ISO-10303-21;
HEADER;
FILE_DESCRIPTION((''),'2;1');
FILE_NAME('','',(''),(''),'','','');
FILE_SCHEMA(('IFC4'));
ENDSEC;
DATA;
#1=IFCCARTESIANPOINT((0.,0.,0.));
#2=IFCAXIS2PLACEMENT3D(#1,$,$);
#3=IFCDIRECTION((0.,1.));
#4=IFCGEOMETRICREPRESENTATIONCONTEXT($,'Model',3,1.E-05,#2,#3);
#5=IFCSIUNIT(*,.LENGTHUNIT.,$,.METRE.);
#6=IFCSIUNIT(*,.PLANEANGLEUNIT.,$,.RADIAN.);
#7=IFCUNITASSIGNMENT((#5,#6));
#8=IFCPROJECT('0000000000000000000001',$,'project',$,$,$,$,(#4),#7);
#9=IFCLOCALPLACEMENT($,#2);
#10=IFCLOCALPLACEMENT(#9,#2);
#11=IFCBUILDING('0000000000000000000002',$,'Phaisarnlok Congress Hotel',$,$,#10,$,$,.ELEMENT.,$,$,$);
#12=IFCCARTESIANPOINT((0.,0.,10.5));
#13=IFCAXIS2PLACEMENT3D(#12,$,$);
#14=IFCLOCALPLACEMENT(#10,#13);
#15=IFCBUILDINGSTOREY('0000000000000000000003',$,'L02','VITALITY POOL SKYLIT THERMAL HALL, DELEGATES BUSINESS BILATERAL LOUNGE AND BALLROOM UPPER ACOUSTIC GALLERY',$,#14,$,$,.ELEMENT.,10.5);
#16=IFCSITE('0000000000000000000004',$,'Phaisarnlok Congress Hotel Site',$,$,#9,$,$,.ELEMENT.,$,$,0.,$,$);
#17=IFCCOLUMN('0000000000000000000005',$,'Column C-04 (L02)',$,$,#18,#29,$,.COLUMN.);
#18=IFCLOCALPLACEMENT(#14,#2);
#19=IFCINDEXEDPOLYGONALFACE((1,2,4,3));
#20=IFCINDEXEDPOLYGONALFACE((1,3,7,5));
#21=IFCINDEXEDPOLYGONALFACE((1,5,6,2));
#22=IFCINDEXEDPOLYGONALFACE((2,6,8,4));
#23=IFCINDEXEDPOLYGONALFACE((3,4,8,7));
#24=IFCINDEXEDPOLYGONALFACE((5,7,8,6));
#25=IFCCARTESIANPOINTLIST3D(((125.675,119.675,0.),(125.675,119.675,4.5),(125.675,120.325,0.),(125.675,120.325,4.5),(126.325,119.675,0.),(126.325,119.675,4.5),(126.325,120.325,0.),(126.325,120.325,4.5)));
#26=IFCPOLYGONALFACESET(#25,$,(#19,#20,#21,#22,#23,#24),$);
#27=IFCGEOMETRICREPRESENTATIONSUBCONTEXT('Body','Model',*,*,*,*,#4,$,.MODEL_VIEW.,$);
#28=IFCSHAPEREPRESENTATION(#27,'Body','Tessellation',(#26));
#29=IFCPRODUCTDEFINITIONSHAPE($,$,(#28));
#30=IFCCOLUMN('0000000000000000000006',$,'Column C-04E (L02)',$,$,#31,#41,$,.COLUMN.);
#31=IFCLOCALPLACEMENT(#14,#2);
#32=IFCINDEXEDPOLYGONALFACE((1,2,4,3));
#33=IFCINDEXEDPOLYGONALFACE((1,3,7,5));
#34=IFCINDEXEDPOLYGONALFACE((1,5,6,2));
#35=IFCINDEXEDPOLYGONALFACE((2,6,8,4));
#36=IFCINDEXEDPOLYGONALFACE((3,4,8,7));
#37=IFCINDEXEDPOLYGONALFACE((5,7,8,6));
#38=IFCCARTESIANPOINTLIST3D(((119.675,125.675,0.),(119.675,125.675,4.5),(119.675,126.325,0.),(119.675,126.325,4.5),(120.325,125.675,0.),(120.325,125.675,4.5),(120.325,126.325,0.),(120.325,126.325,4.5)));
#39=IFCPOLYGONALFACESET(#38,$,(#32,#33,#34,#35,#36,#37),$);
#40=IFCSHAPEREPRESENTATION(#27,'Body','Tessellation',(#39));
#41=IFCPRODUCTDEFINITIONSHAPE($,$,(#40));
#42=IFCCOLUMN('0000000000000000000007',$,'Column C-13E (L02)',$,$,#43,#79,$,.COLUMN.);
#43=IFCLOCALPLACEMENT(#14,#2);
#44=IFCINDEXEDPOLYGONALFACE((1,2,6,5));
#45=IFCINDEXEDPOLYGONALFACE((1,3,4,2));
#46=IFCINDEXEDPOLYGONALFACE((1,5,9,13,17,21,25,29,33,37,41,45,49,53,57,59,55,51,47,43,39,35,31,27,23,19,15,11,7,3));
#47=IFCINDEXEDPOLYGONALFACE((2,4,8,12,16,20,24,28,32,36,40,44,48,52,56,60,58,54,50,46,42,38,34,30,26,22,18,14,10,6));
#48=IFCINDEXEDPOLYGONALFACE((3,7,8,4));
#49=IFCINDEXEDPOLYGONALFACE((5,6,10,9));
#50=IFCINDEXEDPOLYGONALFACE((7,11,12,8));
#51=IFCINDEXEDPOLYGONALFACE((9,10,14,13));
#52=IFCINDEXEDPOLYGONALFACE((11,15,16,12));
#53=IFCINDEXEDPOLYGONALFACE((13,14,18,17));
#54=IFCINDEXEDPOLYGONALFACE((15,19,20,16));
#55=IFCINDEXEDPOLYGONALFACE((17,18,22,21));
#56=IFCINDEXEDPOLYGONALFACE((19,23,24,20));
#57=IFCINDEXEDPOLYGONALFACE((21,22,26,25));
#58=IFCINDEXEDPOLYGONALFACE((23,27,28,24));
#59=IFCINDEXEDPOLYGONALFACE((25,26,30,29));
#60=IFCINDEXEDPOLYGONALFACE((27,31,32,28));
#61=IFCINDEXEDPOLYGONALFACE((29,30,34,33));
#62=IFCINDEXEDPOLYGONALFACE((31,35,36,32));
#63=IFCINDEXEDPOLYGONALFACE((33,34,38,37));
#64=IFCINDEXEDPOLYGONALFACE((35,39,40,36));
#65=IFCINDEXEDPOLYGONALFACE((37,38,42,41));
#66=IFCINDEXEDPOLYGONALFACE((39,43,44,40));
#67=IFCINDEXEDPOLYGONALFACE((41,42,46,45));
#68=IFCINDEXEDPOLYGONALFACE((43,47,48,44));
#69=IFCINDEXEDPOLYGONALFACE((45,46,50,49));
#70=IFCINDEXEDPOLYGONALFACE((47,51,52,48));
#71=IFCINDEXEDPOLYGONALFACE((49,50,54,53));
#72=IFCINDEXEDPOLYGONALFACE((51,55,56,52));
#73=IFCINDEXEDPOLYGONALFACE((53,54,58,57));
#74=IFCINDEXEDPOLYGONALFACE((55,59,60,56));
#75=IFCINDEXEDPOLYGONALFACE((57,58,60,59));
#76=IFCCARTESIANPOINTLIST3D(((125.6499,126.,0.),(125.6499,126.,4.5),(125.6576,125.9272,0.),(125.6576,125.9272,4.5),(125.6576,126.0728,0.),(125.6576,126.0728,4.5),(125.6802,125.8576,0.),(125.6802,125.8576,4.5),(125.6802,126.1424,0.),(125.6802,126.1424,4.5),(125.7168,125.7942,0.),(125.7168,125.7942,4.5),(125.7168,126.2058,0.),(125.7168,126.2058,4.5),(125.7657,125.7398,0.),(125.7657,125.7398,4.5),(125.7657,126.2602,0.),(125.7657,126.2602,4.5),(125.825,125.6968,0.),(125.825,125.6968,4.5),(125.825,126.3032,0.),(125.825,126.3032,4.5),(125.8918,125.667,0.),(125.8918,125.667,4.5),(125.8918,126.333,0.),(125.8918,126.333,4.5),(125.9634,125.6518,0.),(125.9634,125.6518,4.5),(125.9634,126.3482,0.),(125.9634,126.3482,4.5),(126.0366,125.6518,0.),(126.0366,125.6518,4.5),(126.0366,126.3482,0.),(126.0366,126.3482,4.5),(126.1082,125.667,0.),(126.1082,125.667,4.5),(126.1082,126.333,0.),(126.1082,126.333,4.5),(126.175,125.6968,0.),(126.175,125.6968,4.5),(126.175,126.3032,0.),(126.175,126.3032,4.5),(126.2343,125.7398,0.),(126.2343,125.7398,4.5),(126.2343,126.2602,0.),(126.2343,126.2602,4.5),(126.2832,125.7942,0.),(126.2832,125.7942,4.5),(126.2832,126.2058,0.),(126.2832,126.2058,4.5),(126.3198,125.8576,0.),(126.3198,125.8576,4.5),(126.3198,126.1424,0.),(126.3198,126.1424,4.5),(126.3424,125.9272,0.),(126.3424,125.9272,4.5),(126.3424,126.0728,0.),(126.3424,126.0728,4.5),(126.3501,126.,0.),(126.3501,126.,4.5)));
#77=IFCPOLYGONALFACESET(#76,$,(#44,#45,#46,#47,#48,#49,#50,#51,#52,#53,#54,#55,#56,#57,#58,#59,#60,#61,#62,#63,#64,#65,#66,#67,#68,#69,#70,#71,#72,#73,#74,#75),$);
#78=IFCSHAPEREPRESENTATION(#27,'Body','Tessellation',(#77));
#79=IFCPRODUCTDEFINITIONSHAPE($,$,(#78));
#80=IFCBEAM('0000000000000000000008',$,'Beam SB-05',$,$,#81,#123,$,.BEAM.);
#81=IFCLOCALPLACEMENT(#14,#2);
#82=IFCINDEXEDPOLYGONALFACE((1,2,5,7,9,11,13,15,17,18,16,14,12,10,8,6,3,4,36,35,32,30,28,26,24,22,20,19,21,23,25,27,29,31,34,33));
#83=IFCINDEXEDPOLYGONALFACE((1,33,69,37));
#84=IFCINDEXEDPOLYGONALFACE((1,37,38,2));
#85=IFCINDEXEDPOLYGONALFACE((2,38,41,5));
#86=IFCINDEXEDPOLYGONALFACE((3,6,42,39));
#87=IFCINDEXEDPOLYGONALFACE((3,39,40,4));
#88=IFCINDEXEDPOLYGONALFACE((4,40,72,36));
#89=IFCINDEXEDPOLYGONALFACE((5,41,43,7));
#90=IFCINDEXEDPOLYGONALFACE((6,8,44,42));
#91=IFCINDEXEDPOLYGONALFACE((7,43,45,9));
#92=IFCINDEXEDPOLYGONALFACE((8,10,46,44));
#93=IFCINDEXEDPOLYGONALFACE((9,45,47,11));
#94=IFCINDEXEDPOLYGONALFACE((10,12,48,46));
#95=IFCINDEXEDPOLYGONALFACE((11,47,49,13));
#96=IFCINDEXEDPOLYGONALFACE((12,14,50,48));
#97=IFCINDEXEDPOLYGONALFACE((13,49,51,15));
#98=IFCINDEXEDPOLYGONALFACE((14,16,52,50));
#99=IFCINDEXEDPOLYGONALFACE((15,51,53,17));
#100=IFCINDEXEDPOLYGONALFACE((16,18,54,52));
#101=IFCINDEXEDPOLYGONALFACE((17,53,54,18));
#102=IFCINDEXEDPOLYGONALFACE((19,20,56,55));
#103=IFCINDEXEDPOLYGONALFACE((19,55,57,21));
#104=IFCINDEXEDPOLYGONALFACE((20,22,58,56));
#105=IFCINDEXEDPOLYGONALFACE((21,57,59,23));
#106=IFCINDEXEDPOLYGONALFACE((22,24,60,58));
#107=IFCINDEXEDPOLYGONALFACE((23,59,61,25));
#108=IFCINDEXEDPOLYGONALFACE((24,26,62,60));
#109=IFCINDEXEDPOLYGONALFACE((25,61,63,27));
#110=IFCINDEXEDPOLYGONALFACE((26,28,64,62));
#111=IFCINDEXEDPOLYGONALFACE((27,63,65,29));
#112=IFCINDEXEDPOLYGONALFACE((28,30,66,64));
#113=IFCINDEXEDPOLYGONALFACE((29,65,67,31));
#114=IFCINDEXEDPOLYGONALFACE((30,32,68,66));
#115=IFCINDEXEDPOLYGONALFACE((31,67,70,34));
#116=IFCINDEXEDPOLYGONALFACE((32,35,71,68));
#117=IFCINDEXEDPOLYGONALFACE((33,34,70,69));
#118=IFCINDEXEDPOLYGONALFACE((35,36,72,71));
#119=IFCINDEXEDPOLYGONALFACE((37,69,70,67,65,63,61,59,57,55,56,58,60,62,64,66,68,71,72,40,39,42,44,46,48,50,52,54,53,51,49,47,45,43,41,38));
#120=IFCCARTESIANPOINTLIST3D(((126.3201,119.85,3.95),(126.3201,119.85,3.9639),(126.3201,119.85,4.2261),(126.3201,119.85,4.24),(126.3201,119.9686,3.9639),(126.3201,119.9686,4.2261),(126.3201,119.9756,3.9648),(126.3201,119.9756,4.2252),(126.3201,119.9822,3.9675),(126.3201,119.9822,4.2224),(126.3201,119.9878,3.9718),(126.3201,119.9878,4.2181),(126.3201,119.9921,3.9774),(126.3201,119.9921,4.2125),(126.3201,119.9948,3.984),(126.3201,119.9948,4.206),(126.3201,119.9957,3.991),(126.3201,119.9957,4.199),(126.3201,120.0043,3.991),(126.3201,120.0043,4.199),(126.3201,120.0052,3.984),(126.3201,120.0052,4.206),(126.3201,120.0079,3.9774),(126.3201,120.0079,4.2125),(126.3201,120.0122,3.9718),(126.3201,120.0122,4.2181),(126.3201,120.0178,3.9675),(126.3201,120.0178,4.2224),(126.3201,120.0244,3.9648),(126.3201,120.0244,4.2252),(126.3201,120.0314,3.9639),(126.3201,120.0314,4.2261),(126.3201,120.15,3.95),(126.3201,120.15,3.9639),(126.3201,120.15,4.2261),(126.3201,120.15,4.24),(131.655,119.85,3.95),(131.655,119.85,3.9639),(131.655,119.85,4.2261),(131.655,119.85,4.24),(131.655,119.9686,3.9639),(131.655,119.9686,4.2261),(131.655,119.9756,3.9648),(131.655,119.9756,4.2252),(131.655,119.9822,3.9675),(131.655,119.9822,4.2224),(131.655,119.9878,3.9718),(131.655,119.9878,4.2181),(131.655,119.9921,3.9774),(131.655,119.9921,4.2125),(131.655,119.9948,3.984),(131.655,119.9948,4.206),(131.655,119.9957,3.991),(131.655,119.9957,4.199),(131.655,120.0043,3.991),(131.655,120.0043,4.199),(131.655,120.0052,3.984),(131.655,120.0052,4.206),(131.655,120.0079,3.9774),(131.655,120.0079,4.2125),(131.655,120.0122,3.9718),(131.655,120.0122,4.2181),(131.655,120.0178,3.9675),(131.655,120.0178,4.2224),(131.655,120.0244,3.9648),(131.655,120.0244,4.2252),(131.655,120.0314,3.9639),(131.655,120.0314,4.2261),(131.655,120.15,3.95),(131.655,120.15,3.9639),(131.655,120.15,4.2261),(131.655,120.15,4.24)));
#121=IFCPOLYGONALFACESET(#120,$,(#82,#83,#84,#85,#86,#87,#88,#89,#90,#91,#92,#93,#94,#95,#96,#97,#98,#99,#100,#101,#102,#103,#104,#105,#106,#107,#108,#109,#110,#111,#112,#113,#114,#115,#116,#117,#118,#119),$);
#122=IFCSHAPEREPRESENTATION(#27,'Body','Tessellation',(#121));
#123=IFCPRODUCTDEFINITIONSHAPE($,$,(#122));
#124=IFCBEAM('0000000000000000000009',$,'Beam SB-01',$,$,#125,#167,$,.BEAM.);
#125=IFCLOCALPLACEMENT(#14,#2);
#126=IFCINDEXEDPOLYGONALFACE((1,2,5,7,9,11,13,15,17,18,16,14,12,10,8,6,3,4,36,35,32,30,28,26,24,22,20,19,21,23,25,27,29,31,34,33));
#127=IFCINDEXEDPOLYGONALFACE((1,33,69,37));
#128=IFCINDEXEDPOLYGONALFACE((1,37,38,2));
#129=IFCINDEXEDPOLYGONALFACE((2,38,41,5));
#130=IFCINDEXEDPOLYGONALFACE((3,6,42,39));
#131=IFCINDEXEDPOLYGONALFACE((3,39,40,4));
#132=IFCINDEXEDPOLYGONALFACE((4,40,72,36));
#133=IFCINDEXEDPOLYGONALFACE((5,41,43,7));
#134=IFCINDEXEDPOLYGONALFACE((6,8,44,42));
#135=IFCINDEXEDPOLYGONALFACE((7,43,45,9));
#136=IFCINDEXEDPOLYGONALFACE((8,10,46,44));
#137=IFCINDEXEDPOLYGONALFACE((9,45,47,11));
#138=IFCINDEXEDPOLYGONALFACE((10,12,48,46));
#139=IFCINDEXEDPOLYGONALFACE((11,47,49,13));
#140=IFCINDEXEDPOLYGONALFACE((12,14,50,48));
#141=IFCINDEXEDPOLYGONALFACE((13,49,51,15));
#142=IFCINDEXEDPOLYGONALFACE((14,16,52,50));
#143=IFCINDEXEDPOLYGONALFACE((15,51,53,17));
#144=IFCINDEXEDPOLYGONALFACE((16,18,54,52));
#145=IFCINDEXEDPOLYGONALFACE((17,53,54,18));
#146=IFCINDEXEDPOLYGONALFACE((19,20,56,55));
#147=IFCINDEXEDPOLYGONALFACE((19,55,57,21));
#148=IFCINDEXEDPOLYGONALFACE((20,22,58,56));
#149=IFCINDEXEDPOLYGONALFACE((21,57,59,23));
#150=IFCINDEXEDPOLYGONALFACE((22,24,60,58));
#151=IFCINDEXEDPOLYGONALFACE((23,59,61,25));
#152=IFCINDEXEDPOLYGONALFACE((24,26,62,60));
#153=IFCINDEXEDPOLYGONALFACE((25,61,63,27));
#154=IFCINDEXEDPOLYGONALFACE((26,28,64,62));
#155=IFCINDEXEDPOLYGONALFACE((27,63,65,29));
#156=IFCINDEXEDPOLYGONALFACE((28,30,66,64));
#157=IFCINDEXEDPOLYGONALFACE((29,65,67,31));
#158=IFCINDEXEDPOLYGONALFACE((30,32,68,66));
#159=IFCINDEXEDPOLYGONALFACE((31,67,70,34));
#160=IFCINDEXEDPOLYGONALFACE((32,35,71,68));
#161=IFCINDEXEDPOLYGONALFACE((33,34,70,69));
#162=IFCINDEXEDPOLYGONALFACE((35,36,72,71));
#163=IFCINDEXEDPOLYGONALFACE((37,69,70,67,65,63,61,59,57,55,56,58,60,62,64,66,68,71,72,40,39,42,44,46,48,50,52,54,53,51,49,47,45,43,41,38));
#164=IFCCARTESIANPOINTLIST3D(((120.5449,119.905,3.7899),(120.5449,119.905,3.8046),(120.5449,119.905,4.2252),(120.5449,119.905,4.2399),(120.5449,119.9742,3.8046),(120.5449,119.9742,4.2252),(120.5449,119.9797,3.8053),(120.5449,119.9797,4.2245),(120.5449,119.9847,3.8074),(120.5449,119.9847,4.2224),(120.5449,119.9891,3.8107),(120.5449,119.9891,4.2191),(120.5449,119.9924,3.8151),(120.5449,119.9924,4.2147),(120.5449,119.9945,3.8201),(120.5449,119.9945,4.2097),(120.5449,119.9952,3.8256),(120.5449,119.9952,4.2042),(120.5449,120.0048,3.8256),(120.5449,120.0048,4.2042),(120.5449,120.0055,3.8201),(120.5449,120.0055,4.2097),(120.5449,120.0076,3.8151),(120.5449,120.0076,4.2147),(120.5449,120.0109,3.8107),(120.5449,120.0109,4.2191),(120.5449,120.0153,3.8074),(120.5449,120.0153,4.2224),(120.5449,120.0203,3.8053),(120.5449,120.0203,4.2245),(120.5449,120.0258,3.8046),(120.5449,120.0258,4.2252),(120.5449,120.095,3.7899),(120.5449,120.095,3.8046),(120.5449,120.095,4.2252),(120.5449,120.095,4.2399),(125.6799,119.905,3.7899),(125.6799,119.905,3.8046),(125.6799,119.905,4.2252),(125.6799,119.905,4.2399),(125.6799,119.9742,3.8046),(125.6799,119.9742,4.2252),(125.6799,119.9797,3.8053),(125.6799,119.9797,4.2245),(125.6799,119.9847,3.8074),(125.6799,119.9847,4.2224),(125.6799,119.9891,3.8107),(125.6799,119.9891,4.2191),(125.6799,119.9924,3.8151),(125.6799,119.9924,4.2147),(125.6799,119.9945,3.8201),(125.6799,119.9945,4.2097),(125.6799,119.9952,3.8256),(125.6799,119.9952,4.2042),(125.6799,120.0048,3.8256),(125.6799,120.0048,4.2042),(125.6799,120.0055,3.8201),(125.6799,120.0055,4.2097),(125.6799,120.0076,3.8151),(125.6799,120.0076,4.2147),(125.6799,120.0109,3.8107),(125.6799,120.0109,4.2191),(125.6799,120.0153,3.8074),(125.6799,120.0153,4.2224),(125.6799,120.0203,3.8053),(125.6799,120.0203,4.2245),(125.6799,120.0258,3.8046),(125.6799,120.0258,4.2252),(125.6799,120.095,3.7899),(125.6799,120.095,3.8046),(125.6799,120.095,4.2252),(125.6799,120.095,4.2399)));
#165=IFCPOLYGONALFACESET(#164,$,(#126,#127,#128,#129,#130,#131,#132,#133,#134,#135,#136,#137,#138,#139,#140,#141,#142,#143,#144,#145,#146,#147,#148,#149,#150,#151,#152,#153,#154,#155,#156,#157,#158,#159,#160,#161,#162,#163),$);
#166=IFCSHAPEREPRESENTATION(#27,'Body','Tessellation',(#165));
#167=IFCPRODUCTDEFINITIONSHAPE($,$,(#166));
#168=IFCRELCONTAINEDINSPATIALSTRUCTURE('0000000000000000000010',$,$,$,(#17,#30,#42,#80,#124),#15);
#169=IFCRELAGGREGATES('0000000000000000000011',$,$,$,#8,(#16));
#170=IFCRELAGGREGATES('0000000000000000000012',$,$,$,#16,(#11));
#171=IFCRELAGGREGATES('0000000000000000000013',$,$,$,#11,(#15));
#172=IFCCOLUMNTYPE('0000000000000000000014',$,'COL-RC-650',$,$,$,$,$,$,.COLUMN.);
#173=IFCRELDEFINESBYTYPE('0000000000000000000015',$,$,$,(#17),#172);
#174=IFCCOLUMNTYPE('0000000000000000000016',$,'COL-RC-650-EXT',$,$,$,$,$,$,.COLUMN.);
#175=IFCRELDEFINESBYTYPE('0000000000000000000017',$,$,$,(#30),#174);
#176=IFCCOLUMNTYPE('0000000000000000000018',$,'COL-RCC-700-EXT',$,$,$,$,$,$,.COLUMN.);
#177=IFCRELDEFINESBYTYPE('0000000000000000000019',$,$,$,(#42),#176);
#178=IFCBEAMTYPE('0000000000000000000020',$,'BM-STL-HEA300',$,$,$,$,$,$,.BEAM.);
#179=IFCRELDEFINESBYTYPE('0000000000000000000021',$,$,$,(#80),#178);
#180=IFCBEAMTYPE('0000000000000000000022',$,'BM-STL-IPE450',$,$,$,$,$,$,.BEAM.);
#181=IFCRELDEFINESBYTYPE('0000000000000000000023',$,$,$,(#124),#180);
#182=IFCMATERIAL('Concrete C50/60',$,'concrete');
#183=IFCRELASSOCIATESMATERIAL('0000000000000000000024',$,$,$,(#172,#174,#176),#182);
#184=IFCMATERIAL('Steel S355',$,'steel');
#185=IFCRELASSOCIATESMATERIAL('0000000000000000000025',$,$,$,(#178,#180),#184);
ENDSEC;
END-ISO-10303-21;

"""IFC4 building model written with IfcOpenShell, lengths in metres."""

from ifc_helpers import new_model, si_unit, direction, frame, origin, origin_2d, place, context, subcontext, project, spatial, rectangle, circle, i_section, extrude, material, material_profile, profile_set, type_object, element, save


model = new_model("IFC4")

# Units and contexts
model_context = context("Model", 3, precision=1e-05, world=origin(), true_north=direction((0.0, 1.0)))
body_context = subcontext(model_context, "Body", "Model", "MODEL_VIEW")
ifc_project = project(units=[si_unit("LENGTHUNIT", "METRE"), si_unit("PLANEANGLEUNIT", "RADIAN")], contexts=[model_context])

# Site, building, storey
site_placement = place(None, origin())
site = spatial("IfcSite", under=ifc_project, at=site_placement, Name="Phaisarnlok Congress Hotel Site", CompositionType="ELEMENT", RefElevation=0.0)
building_placement = place(site_placement, origin())
building = spatial("IfcBuilding", under=site, at=building_placement, Name="Phaisarnlok Congress Hotel", CompositionType="ELEMENT")
storey_placement = place(building_placement, frame((0.0, 0.0, 10.5)))
storey = spatial("IfcBuildingStorey", under=building, at=storey_placement, Name="L02", Description="VITALITY POOL SKYLIT THERMAL HALL, DELEGATES BUSINESS BILATERAL LOUNGE AND BALLROOM UPPER ACOUSTIC GALLERY", CompositionType="ELEMENT", Elevation=10.5)

# Columns
ifc_material_1 = material(Name="Concrete C50/60", Category="concrete")
ifc_material_profile_1 = material_profile(ifc_material_1, rectangle(XDim=0.6499, YDim=0.6499, at=origin_2d()), Name="RC 650x650")
ifc_profile_set_1 = profile_set([ifc_material_profile_1], Name="Concrete C50/60")
column_type_1 = type_object("IfcColumnType", Name="COL-RC-650", PredefinedType="COLUMN", material=ifc_profile_set_1)
column_1_placement = place(storey_placement, frame((126.0, 120.0, 0.0), z_axis=(0.0, 0.0, 1.0), x_axis=(1.0, 0.0, 0.0)))
element("IfcColumn", 1, at=column_1_placement, inside=storey, type_object=column_type_1, Name="Column C-04 (L02)", PredefinedType="COLUMN", context=body_context, shape_type="SweptSolid", body=[
    extrude(rectangle(XDim=0.6499, YDim=0.6499, at=origin_2d()), origin(), (0.0, 0.0, 1.0), 4.5),
])
ifc_material_profile_2 = material_profile(ifc_material_1, rectangle(XDim=0.6499, YDim=0.6499, at=origin_2d()), Name="RC 650x650")
ifc_profile_set_2 = profile_set([ifc_material_profile_2], Name="Concrete C50/60")
column_type_2 = type_object("IfcColumnType", Name="COL-RC-650-EXT", PredefinedType="COLUMN", material=ifc_profile_set_2)
column_2_placement = place(storey_placement, frame((120.0, 126.0, 0.0), z_axis=(0.0, 0.0, 1.0), x_axis=(1.0, 0.0, 0.0)))
element("IfcColumn", 2, at=column_2_placement, inside=storey, type_object=column_type_2, Name="Column C-04E (L02)", PredefinedType="COLUMN", context=body_context, shape_type="SweptSolid", body=[
    extrude(rectangle(XDim=0.6499, YDim=0.6499, at=origin_2d()), origin(), (0.0, 0.0, 1.0), 4.5),
])
ifc_material_profile_3 = material_profile(ifc_material_1, circle(Radius=0.3501, at=origin_2d()), Name="RCC D700")
ifc_profile_set_3 = profile_set([ifc_material_profile_3], Name="Concrete C50/60")
column_type_3 = type_object("IfcColumnType", Name="COL-RCC-700-EXT", PredefinedType="COLUMN", material=ifc_profile_set_3)
column_3_placement = place(storey_placement, frame((126.0, 126.0, 0.0), z_axis=(0.0, 0.0, 1.0), x_axis=(1.0, 0.0, 0.0)))
element("IfcColumn", 3, at=column_3_placement, inside=storey, type_object=column_type_3, Name="Column C-13E (L02)", PredefinedType="COLUMN", context=body_context, shape_type="SweptSolid", body=[
    extrude(circle(Radius=0.3501, at=origin_2d()), origin(), (0.0, 0.0, 1.0), 4.5),
])

# Beams
ifc_material_2 = material(Name="Steel S355", Category="steel")
ifc_material_profile_4 = material_profile(ifc_material_2, i_section(OverallWidth=0.3, OverallDepth=0.29, WebThickness=0.0085, FlangeThickness=0.0139, FilletRadius=0.0271, at=origin_2d()), Name="HEA 300")
ifc_profile_set_4 = profile_set([ifc_material_profile_4], Name="Steel S355")
beam_type_1 = type_object("IfcBeamType", Name="BM-STL-HEA300", PredefinedType="BEAM", material=ifc_profile_set_4)
beam_1_placement = place(storey_placement, frame((126.3201, 120.0, 4.095), z_axis=(1.0, 0.0, 0.0), x_axis=(0.0, 1.0, 0.0)))
element("IfcBeam", 4, at=beam_1_placement, inside=storey, type_object=beam_type_1, Name="Beam SB-05", PredefinedType="BEAM", context=body_context, shape_type="SweptSolid", body=[
    extrude(i_section(OverallWidth=0.3, OverallDepth=0.29, WebThickness=0.0085, FlangeThickness=0.0139, FilletRadius=0.0271, at=origin_2d()), origin(), (0.0, 0.0, 1.0), 5.335),
])
ifc_material_profile_5 = material_profile(ifc_material_2, i_section(OverallWidth=0.1899, OverallDepth=0.45, WebThickness=0.0095, FlangeThickness=0.0146, FilletRadius=0.021, at=origin_2d()), Name="IPE 450")
ifc_profile_set_5 = profile_set([ifc_material_profile_5], Name="Steel S355")
beam_type_2 = type_object("IfcBeamType", Name="BM-STL-IPE450", PredefinedType="BEAM", material=ifc_profile_set_5)
beam_2_placement = place(storey_placement, frame((120.5449, 120.0, 4.0149), z_axis=(1.0, 0.0, 0.0), x_axis=(0.0, 1.0, 0.0)))
element("IfcBeam", 5, at=beam_2_placement, inside=storey, type_object=beam_type_2, Name="Beam SB-01", PredefinedType="BEAM", context=body_context, shape_type="SweptSolid", body=[
    extrude(i_section(OverallWidth=0.1899, OverallDepth=0.45, WebThickness=0.0095, FlangeThickness=0.0146, FilletRadius=0.021, at=origin_2d()), origin(), (0.0, 0.0, 1.0), 5.135),
])

save(model, "model.ifc")
